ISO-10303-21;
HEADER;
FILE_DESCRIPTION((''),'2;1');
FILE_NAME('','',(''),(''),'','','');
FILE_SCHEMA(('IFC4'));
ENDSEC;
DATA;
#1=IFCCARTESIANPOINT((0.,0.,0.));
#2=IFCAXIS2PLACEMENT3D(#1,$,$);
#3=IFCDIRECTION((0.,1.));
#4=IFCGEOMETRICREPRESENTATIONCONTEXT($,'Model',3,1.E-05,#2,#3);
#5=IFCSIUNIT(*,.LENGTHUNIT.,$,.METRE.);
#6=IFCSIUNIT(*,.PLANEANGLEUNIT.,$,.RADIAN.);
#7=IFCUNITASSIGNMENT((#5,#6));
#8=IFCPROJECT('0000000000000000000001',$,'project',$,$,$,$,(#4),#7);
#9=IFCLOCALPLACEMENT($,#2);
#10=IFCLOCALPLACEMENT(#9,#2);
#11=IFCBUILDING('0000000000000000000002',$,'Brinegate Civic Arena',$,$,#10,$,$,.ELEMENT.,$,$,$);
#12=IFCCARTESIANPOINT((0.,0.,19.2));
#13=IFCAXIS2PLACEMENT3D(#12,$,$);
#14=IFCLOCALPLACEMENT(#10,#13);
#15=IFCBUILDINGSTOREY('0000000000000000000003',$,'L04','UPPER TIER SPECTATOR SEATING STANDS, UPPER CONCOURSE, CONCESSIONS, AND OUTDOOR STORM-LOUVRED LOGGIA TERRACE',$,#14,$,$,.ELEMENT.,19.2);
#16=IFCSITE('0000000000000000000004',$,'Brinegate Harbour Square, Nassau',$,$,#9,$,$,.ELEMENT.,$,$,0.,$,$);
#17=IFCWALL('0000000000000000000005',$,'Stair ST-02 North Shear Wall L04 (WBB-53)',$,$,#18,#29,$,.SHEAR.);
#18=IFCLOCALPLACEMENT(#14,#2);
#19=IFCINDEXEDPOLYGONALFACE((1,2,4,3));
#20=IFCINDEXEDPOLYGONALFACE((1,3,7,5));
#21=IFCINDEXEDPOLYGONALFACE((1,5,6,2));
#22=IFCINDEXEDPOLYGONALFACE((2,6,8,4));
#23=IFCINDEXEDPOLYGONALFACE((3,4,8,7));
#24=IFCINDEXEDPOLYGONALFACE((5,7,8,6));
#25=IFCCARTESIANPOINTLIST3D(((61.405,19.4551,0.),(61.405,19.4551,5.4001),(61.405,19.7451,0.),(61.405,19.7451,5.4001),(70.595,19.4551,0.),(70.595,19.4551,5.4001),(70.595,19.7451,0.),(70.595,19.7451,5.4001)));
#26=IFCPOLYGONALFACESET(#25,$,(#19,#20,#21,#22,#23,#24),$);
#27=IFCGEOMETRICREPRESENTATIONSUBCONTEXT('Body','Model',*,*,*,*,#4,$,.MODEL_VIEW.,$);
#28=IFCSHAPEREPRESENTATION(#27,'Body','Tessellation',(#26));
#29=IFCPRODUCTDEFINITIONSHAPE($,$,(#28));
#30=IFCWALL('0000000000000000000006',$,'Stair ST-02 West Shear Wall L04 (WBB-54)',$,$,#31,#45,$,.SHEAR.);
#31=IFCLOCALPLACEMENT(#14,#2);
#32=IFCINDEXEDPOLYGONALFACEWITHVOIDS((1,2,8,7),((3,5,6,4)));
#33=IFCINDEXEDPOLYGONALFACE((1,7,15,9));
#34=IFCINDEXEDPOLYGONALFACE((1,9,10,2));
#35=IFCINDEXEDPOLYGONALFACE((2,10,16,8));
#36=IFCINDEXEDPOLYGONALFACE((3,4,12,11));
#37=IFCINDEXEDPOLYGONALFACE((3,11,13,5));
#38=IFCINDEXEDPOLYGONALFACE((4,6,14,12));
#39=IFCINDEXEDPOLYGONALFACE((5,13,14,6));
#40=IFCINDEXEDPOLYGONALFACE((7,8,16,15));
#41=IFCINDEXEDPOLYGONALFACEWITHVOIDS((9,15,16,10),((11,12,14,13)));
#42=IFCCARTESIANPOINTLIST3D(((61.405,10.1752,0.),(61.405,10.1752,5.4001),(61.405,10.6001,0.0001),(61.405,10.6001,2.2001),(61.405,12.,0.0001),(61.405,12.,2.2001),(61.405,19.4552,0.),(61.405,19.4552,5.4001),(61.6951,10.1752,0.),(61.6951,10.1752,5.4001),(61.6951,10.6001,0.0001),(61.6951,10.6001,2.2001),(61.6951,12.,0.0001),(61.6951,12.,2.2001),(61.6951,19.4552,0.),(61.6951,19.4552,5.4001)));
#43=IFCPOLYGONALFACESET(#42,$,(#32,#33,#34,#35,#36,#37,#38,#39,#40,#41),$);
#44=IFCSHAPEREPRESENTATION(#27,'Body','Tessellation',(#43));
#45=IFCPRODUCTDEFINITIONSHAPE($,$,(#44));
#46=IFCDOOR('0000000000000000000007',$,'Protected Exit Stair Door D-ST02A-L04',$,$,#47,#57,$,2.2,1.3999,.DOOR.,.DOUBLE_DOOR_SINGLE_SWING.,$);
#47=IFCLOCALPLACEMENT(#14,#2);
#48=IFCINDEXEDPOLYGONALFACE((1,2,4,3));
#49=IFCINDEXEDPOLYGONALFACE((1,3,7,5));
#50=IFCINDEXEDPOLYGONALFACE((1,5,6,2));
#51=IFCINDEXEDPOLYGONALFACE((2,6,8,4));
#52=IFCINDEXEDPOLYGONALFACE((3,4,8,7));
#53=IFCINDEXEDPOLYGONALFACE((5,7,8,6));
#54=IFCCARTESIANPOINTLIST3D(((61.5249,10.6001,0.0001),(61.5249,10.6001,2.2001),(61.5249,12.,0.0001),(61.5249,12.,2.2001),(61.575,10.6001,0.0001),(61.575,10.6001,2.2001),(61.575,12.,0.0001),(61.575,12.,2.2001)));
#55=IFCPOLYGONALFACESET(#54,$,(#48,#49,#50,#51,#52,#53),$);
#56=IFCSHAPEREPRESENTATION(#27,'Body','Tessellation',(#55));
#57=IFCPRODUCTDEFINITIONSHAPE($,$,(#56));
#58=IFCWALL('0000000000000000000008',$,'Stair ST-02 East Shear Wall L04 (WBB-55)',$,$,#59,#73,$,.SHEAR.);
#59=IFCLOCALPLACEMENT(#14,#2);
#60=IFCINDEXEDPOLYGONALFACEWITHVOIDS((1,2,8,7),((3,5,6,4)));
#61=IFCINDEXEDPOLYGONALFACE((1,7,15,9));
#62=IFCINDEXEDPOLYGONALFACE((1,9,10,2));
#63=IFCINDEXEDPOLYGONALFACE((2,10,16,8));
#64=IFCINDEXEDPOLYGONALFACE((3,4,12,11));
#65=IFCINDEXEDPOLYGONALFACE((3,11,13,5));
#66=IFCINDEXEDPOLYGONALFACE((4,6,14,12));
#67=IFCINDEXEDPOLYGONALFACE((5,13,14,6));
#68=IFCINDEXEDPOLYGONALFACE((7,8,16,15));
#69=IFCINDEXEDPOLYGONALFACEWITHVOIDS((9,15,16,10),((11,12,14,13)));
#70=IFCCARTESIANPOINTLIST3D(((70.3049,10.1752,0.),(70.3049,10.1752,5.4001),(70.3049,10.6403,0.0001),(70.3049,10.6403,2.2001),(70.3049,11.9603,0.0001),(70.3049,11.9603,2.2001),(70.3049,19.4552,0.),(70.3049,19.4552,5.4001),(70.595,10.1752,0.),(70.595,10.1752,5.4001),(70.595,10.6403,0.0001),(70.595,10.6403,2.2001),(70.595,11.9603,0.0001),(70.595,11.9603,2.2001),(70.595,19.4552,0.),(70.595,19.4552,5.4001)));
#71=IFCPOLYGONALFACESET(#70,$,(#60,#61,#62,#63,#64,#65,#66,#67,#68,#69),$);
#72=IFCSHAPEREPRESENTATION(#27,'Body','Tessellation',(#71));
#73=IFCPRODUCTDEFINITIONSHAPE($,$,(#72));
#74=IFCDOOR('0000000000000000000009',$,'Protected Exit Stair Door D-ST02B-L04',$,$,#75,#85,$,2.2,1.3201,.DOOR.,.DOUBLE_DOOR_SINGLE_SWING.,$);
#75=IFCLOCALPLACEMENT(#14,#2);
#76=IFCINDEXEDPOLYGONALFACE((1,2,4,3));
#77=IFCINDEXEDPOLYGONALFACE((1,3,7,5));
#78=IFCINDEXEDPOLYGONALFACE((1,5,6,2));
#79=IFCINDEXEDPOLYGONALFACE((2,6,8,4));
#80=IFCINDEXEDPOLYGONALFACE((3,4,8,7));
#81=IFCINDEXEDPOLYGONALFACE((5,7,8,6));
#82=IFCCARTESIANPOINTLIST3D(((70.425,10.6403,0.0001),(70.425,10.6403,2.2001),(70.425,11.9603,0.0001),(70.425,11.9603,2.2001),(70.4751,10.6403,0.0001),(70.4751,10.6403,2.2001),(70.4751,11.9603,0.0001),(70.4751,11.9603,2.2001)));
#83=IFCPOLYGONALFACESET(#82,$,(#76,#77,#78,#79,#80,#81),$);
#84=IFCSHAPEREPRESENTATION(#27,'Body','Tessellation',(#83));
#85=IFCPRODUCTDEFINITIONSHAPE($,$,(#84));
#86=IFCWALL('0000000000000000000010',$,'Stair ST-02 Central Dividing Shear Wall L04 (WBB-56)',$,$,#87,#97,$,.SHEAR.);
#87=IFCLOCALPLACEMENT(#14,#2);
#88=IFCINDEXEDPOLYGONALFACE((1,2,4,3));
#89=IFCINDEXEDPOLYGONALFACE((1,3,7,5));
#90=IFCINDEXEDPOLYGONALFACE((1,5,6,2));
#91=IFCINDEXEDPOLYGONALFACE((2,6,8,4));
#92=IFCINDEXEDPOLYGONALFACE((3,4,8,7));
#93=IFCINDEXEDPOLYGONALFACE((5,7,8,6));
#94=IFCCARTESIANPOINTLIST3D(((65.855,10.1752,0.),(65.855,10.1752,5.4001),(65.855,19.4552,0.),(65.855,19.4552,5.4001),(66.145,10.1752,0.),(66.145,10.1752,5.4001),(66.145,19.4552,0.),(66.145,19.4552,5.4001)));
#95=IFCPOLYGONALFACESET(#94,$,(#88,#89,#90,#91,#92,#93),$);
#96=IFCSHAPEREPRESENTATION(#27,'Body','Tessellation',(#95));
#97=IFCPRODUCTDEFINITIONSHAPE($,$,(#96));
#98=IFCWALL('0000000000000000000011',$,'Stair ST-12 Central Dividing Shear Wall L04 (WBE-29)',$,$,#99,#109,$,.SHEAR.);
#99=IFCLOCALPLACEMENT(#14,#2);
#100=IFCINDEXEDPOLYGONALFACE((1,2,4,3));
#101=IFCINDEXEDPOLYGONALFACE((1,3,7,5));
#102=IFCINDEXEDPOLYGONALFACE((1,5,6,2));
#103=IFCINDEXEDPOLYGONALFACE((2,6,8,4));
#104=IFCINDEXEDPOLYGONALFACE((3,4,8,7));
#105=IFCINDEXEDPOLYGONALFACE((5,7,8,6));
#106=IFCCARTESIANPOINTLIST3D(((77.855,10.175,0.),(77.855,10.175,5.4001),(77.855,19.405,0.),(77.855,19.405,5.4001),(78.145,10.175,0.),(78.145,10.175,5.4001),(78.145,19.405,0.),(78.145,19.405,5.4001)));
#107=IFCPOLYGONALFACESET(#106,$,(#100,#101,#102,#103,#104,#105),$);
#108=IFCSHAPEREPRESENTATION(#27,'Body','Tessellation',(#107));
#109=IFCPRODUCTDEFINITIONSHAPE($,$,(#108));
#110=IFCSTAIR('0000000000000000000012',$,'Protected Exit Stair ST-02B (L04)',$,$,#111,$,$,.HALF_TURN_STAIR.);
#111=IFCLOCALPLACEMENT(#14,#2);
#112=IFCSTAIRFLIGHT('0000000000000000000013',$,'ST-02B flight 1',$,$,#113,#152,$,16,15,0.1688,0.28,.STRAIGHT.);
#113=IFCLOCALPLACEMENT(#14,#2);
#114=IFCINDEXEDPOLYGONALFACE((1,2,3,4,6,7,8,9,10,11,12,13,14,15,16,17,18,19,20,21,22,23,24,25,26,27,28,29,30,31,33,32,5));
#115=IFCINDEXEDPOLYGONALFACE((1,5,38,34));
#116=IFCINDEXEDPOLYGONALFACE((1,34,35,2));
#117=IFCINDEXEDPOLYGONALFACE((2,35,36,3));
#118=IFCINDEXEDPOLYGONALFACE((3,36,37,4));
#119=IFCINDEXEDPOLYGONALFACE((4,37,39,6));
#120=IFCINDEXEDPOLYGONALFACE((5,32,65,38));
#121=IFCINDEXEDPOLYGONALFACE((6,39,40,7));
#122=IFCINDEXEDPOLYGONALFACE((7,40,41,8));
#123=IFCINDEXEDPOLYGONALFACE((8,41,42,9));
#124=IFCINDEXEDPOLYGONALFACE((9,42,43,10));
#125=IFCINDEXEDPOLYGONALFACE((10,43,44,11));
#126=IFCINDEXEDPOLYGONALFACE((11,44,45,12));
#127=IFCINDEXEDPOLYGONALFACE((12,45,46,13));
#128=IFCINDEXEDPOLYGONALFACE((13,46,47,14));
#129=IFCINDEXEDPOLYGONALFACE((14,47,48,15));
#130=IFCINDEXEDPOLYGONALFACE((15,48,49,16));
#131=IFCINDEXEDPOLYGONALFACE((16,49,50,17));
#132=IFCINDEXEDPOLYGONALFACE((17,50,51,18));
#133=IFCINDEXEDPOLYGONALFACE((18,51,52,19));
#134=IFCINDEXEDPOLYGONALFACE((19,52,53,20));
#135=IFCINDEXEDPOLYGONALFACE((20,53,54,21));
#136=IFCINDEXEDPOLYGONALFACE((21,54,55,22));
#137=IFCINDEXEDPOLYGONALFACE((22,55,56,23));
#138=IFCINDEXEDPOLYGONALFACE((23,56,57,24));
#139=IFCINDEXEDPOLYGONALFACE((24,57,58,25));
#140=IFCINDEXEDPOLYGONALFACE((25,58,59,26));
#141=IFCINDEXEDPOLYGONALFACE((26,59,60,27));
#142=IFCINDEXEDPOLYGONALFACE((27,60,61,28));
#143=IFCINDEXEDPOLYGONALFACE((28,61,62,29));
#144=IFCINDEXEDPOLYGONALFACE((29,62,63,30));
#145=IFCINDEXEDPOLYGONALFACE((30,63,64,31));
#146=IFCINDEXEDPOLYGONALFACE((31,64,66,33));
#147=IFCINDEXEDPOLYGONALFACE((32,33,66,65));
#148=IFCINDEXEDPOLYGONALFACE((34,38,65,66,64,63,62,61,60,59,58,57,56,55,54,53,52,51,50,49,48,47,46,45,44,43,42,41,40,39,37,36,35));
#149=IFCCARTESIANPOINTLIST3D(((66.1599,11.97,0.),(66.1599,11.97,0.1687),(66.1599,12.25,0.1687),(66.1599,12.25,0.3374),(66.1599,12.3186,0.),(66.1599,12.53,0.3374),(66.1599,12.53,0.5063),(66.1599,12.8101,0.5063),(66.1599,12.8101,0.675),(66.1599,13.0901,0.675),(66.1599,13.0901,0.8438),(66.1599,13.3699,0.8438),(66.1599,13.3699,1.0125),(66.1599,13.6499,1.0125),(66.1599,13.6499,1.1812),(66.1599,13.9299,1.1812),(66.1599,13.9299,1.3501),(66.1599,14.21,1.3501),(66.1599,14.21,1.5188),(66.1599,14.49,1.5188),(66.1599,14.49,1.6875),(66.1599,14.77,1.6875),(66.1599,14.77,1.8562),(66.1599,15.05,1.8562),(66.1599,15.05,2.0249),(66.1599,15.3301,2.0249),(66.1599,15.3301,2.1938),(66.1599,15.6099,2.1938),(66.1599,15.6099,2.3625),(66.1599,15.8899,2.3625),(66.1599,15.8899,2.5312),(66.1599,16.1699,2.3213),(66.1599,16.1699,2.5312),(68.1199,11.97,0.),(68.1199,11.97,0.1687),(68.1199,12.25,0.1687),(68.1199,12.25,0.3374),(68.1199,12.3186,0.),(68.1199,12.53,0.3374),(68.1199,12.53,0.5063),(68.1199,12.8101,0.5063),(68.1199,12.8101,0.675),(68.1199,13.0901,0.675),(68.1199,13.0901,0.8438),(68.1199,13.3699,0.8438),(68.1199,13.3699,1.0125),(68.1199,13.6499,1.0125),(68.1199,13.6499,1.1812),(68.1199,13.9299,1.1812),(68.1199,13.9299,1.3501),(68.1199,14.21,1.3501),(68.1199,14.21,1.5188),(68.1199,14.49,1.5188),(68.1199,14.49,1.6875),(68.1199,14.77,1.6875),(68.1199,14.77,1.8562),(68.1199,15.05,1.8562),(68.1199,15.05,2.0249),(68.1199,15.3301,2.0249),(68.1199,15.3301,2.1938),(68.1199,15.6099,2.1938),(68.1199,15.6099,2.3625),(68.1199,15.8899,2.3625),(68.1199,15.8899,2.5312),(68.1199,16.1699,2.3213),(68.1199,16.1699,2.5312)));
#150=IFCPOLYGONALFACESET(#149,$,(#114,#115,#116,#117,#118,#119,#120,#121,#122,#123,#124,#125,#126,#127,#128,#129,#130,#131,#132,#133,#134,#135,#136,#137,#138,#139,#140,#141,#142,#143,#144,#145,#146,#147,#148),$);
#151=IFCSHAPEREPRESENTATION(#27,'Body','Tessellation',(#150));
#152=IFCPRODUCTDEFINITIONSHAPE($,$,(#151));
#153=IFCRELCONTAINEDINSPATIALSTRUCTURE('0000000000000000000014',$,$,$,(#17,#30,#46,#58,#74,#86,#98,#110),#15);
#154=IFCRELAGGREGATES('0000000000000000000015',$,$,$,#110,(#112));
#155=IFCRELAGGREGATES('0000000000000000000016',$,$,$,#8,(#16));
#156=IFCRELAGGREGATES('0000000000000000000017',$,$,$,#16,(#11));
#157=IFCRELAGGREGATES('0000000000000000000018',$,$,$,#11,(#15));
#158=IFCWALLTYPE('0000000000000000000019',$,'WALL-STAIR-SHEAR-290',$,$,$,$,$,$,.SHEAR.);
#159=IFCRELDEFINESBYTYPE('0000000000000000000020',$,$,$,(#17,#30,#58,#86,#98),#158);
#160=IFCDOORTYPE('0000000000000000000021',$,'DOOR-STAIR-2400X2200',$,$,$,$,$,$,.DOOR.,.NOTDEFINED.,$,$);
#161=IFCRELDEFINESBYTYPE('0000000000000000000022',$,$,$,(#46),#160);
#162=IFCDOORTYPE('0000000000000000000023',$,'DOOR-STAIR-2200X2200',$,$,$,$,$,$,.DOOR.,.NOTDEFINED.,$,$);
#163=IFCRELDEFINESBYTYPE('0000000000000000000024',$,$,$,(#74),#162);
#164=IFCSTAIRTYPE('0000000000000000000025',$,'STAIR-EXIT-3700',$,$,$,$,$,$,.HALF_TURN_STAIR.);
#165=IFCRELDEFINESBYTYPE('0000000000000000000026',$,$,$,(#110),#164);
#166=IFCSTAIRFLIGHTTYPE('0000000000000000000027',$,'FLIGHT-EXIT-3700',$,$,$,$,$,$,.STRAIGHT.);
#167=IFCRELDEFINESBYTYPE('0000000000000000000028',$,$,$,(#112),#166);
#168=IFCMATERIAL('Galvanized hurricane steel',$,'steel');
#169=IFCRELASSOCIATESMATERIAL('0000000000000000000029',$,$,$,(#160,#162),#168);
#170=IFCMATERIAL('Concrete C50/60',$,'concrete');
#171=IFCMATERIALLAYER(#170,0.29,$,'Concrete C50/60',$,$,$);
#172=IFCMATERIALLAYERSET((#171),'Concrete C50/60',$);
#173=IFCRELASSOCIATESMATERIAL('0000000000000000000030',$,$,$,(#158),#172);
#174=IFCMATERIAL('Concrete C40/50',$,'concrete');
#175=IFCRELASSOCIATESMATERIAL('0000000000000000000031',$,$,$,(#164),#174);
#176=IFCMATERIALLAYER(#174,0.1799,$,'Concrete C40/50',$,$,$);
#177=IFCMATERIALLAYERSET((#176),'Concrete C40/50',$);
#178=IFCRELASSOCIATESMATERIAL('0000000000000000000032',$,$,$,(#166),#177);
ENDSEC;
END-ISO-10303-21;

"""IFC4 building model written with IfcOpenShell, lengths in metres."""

from ifc_helpers import new_model, si_unit, direction, frame, frame_2d, origin, place, context, subcontext, project, spatial, polyline, rectangle, outline, extrude, material, layer, layer_set, type_object, element, fill, aggregate, save


model = new_model("IFC4")

# Units and contexts
model_context = context("Model", 3, precision=1e-05, world=origin(), true_north=direction((0.0, 1.0)))
body_context = subcontext(model_context, "Body", "Model", "MODEL_VIEW")
ifc_project = project(units=[si_unit("LENGTHUNIT", "METRE"), si_unit("PLANEANGLEUNIT", "RADIAN")], contexts=[model_context])

# Site, building, storey
site_placement = place(None, origin())
site = spatial("IfcSite", under=ifc_project, at=site_placement, Name="Brinegate Harbour Square, Nassau", CompositionType="ELEMENT", RefElevation=0.0)
building_placement = place(site_placement, origin())
building = spatial("IfcBuilding", under=site, at=building_placement, Name="Brinegate Civic Arena", CompositionType="ELEMENT")
storey_placement = place(building_placement, frame((0.0, 0.0, 19.2)))
storey = spatial("IfcBuildingStorey", under=building, at=storey_placement, Name="L04", Description="UPPER TIER SPECTATOR SEATING STANDS, UPPER CONCOURSE, CONCESSIONS, AND OUTDOOR STORM-LOUVRED LOGGIA TERRACE", CompositionType="ELEMENT", Elevation=19.2)

# Shared definitions
ifc_material_1 = material(Name="Concrete C50/60", Category="concrete")

# Shared definitions
ifc_material_2 = material(Name="Galvanized hurricane steel", Category="steel")
door_type_1 = type_object("IfcDoorType", Name="DOOR-STAIR-2400X2200", OperationType="NOTDEFINED", PredefinedType="DOOR", material=ifc_material_2)
door_type_2 = type_object("IfcDoorType", Name="DOOR-STAIR-2200X2200", OperationType="NOTDEFINED", PredefinedType="DOOR", material=ifc_material_2)

# Wall
ifc_layer_1 = layer(ifc_material_1, 0.29, Name="Concrete C50/60")
ifc_layer_set_1 = layer_set([ifc_layer_1], Name="Concrete C50/60")
wall_type_1 = type_object("IfcWallType", Name="WALL-STAIR-SHEAR-290", PredefinedType="SHEAR", material=ifc_layer_set_1)
wall_1_placement = place(storey_placement, frame((61.405, 19.6001, 0.0), z_axis=(0.0, 0.0, 1.0), x_axis=(1.0, 0.0, 0.0)))
element("IfcWall", 1, at=wall_1_placement, inside=storey, type_object=wall_type_1, Name="Stair ST-02 North Shear Wall L04 (WBB-53)", PredefinedType="SHEAR", context=body_context, shape_type="SweptSolid", body=[
    extrude(rectangle(XDim=9.1899, YDim=0.29, at=frame_2d((4.595, 0.0))), origin(), (0.0, 0.0, 1.0), 5.4001),
])

# Walls, openings, doors
wall_2_placement = place(storey_placement, frame((61.55, 10.175, 0.0), z_axis=(0.0, 0.0, 1.0), x_axis=(0.0, 1.0, 0.0)))
wall_2 = element("IfcWall", 2, at=wall_2_placement, inside=storey, type_object=wall_type_1, Name="Stair ST-02 West Shear Wall L04 (WBB-54)", PredefinedType="SHEAR", context=body_context, shape_type="SweptSolid", body=[
    extrude(rectangle(XDim=9.28, YDim=0.29, at=frame_2d((4.6401, 0.0))), origin(), (0.0, 0.0, 1.0), 5.4001),
])
opening_1_placement = place(wall_2_placement, frame((0.425, 0.0, 0.0)))
opening_1 = element("IfcOpeningElement", 3, at=opening_1_placement, cuts=wall_2, PredefinedType="OPENING", context=body_context, shape_type="SweptSolid", body=[
    extrude(rectangle(XDim=1.3999, YDim=2.2, at=frame_2d((0.7, 1.1001))), frame((0.0, 0.155, 0.0), z_axis=(0.0, -1.0, 0.0), x_axis=(1.0, 0.0, 0.0)), (0.0, 0.0, 1.0), 0.3101),
])
door_1_placement = place(opening_1_placement, frame((1.3999, 0.0, 0.0), z_axis=(0.0, 0.0, 1.0), x_axis=(-1.0, 0.0, 0.0)))
door_1 = element("IfcDoor", 4, at=door_1_placement, inside=storey, type_object=door_type_1, Name="Protected Exit Stair Door D-ST02A-L04", OperationType="DOUBLE_DOOR_SINGLE_SWING", OverallHeight=2.2, OverallWidth=1.3999, PredefinedType="DOOR", context=body_context, shape_type="SweptSolid", body=[
    extrude(rectangle(XDim=1.3999, YDim=2.2, at=frame_2d((0.7, 1.1001))), frame((0.0, 0.0249, 0.0), z_axis=(0.0, -1.0, 0.0), x_axis=(1.0, 0.0, 0.0)), (0.0, 0.0, 1.0), 0.05),
])
fill(opening_1, door_1)
wall_3_placement = place(storey_placement, frame((70.45, 10.175, 0.0), z_axis=(0.0, 0.0, 1.0), x_axis=(0.0, 1.0, 0.0)))
wall_3 = element("IfcWall", 5, at=wall_3_placement, inside=storey, type_object=wall_type_1, Name="Stair ST-02 East Shear Wall L04 (WBB-55)", PredefinedType="SHEAR", context=body_context, shape_type="SweptSolid", body=[
    extrude(rectangle(XDim=9.28, YDim=0.29, at=frame_2d((4.6401, 0.0))), origin(), (0.0, 0.0, 1.0), 5.4001),
])
opening_2_placement = place(wall_3_placement, frame((0.4651, 0.0, 0.0)))
opening_2 = element("IfcOpeningElement", 6, at=opening_2_placement, cuts=wall_3, PredefinedType="OPENING", context=body_context, shape_type="SweptSolid", body=[
    extrude(rectangle(XDim=1.3201, YDim=2.2, at=frame_2d((0.6602, 1.1001))), frame((0.0, 0.155, 0.0), z_axis=(0.0, -1.0, 0.0), x_axis=(1.0, 0.0, 0.0)), (0.0, 0.0, 1.0), 0.3101),
])
door_2_placement = place(opening_2_placement, origin())
door_2 = element("IfcDoor", 7, at=door_2_placement, inside=storey, type_object=door_type_2, Name="Protected Exit Stair Door D-ST02B-L04", OperationType="DOUBLE_DOOR_SINGLE_SWING", OverallHeight=2.2, OverallWidth=1.3201, PredefinedType="DOOR", context=body_context, shape_type="SweptSolid", body=[
    extrude(rectangle(XDim=1.3201, YDim=2.2, at=frame_2d((0.6602, 1.1001))), frame((0.0, 0.0249, 0.0), z_axis=(0.0, -1.0, 0.0), x_axis=(1.0, 0.0, 0.0)), (0.0, 0.0, 1.0), 0.05),
])
fill(opening_2, door_2)

# Walls
wall_4_placement = place(storey_placement, frame((66.0, 10.175, 0.0), z_axis=(0.0, 0.0, 1.0), x_axis=(0.0, 1.0, 0.0)))
element("IfcWall", 8, at=wall_4_placement, inside=storey, type_object=wall_type_1, Name="Stair ST-02 Central Dividing Shear Wall L04 (WBB-56)", PredefinedType="SHEAR", context=body_context, shape_type="SweptSolid", body=[
    extrude(rectangle(XDim=9.28, YDim=0.29, at=frame_2d((4.6401, 0.0))), origin(), (0.0, 0.0, 1.0), 5.4001),
])
wall_5_placement = place(storey_placement, frame((78.0, 10.175, 0.0), z_axis=(0.0, 0.0, 1.0), x_axis=(0.0, 1.0, 0.0)))
element("IfcWall", 9, at=wall_5_placement, inside=storey, type_object=wall_type_1, Name="Stair ST-12 Central Dividing Shear Wall L04 (WBE-29)", PredefinedType="SHEAR", context=body_context, shape_type="SweptSolid", body=[
    extrude(rectangle(XDim=9.23, YDim=0.29, at=frame_2d((4.615, 0.0))), origin(), (0.0, 0.0, 1.0), 5.4001),
])

# Stair, stair flight
ifc_material_3 = material(Name="Concrete C40/50", Category="concrete")
stair_type_1 = type_object("IfcStairType", Name="STAIR-EXIT-3700", PredefinedType="HALF_TURN_STAIR", material=ifc_material_3)
stair_1_placement = place(storey_placement, origin())
stair_1 = element("IfcStair", 10, at=stair_1_placement, inside=storey, type_object=stair_type_1, Name="Protected Exit Stair ST-02B (L04)", PredefinedType="HALF_TURN_STAIR")
ifc_layer_2 = layer(ifc_material_3, 0.1799, Name="Concrete C40/50")
ifc_layer_set_2 = layer_set([ifc_layer_2], Name="Concrete C40/50")
stair_flight_type_1 = type_object("IfcStairFlightType", Name="FLIGHT-EXIT-3700", PredefinedType="STRAIGHT", material=ifc_layer_set_2)
stair_flight_1_placement = place(storey_placement, frame((67.1399, 11.97, 0.0), z_axis=(0.0, 0.0, 1.0), x_axis=(0.0, 1.0, 0.0)))
stair_flight_1 = element("IfcStairFlight", 11, at=stair_flight_1_placement, type_object=stair_flight_type_1, Name="ST-02B flight 1", NumberOfRisers=16, NumberOfTreads=15, PredefinedType="STRAIGHT", RiserHeight=0.1688, TreadLength=0.28, context=body_context, shape_type="SweptSolid", body=[
    extrude(outline(polyline([(0.0, 0.0), (0.0, 0.1687), (0.28, 0.1687), (0.28, 0.3374), (0.5601, 0.3374), (0.5601, 0.5063), (0.8401, 0.5063), (0.8401, 0.675), (1.1201, 0.675), (1.1201, 0.8438), (1.3999, 0.8438), (1.3999, 1.0125), (1.6799, 1.0125), (1.6799, 1.1812), (1.96, 1.1812), (1.96, 1.3501), (2.24, 1.3501), (2.24, 1.5188), (2.52, 1.5188), (2.52, 1.6875), (2.8, 1.6875), (2.8, 1.8562), (3.0801, 1.8562), (3.0801, 2.0249), (3.3601, 2.0249), (3.3601, 2.1938), (3.6399, 2.1938), (3.6399, 2.3625), (3.9199, 2.3625), (3.9199, 2.5312), (4.2, 2.5312), (4.2, 2.7), (4.2, 2.3213), (0.3486, 0.0), (0.0, 0.0)])), frame((0.0, 0.98, 0.0), z_axis=(0.0, -1.0, 0.0), x_axis=(1.0, 0.0, 0.0)), (0.0, 0.0, 1.0), 1.96),
])
aggregate(stair_1, [stair_flight_1])

save(model, "model.ifc")
